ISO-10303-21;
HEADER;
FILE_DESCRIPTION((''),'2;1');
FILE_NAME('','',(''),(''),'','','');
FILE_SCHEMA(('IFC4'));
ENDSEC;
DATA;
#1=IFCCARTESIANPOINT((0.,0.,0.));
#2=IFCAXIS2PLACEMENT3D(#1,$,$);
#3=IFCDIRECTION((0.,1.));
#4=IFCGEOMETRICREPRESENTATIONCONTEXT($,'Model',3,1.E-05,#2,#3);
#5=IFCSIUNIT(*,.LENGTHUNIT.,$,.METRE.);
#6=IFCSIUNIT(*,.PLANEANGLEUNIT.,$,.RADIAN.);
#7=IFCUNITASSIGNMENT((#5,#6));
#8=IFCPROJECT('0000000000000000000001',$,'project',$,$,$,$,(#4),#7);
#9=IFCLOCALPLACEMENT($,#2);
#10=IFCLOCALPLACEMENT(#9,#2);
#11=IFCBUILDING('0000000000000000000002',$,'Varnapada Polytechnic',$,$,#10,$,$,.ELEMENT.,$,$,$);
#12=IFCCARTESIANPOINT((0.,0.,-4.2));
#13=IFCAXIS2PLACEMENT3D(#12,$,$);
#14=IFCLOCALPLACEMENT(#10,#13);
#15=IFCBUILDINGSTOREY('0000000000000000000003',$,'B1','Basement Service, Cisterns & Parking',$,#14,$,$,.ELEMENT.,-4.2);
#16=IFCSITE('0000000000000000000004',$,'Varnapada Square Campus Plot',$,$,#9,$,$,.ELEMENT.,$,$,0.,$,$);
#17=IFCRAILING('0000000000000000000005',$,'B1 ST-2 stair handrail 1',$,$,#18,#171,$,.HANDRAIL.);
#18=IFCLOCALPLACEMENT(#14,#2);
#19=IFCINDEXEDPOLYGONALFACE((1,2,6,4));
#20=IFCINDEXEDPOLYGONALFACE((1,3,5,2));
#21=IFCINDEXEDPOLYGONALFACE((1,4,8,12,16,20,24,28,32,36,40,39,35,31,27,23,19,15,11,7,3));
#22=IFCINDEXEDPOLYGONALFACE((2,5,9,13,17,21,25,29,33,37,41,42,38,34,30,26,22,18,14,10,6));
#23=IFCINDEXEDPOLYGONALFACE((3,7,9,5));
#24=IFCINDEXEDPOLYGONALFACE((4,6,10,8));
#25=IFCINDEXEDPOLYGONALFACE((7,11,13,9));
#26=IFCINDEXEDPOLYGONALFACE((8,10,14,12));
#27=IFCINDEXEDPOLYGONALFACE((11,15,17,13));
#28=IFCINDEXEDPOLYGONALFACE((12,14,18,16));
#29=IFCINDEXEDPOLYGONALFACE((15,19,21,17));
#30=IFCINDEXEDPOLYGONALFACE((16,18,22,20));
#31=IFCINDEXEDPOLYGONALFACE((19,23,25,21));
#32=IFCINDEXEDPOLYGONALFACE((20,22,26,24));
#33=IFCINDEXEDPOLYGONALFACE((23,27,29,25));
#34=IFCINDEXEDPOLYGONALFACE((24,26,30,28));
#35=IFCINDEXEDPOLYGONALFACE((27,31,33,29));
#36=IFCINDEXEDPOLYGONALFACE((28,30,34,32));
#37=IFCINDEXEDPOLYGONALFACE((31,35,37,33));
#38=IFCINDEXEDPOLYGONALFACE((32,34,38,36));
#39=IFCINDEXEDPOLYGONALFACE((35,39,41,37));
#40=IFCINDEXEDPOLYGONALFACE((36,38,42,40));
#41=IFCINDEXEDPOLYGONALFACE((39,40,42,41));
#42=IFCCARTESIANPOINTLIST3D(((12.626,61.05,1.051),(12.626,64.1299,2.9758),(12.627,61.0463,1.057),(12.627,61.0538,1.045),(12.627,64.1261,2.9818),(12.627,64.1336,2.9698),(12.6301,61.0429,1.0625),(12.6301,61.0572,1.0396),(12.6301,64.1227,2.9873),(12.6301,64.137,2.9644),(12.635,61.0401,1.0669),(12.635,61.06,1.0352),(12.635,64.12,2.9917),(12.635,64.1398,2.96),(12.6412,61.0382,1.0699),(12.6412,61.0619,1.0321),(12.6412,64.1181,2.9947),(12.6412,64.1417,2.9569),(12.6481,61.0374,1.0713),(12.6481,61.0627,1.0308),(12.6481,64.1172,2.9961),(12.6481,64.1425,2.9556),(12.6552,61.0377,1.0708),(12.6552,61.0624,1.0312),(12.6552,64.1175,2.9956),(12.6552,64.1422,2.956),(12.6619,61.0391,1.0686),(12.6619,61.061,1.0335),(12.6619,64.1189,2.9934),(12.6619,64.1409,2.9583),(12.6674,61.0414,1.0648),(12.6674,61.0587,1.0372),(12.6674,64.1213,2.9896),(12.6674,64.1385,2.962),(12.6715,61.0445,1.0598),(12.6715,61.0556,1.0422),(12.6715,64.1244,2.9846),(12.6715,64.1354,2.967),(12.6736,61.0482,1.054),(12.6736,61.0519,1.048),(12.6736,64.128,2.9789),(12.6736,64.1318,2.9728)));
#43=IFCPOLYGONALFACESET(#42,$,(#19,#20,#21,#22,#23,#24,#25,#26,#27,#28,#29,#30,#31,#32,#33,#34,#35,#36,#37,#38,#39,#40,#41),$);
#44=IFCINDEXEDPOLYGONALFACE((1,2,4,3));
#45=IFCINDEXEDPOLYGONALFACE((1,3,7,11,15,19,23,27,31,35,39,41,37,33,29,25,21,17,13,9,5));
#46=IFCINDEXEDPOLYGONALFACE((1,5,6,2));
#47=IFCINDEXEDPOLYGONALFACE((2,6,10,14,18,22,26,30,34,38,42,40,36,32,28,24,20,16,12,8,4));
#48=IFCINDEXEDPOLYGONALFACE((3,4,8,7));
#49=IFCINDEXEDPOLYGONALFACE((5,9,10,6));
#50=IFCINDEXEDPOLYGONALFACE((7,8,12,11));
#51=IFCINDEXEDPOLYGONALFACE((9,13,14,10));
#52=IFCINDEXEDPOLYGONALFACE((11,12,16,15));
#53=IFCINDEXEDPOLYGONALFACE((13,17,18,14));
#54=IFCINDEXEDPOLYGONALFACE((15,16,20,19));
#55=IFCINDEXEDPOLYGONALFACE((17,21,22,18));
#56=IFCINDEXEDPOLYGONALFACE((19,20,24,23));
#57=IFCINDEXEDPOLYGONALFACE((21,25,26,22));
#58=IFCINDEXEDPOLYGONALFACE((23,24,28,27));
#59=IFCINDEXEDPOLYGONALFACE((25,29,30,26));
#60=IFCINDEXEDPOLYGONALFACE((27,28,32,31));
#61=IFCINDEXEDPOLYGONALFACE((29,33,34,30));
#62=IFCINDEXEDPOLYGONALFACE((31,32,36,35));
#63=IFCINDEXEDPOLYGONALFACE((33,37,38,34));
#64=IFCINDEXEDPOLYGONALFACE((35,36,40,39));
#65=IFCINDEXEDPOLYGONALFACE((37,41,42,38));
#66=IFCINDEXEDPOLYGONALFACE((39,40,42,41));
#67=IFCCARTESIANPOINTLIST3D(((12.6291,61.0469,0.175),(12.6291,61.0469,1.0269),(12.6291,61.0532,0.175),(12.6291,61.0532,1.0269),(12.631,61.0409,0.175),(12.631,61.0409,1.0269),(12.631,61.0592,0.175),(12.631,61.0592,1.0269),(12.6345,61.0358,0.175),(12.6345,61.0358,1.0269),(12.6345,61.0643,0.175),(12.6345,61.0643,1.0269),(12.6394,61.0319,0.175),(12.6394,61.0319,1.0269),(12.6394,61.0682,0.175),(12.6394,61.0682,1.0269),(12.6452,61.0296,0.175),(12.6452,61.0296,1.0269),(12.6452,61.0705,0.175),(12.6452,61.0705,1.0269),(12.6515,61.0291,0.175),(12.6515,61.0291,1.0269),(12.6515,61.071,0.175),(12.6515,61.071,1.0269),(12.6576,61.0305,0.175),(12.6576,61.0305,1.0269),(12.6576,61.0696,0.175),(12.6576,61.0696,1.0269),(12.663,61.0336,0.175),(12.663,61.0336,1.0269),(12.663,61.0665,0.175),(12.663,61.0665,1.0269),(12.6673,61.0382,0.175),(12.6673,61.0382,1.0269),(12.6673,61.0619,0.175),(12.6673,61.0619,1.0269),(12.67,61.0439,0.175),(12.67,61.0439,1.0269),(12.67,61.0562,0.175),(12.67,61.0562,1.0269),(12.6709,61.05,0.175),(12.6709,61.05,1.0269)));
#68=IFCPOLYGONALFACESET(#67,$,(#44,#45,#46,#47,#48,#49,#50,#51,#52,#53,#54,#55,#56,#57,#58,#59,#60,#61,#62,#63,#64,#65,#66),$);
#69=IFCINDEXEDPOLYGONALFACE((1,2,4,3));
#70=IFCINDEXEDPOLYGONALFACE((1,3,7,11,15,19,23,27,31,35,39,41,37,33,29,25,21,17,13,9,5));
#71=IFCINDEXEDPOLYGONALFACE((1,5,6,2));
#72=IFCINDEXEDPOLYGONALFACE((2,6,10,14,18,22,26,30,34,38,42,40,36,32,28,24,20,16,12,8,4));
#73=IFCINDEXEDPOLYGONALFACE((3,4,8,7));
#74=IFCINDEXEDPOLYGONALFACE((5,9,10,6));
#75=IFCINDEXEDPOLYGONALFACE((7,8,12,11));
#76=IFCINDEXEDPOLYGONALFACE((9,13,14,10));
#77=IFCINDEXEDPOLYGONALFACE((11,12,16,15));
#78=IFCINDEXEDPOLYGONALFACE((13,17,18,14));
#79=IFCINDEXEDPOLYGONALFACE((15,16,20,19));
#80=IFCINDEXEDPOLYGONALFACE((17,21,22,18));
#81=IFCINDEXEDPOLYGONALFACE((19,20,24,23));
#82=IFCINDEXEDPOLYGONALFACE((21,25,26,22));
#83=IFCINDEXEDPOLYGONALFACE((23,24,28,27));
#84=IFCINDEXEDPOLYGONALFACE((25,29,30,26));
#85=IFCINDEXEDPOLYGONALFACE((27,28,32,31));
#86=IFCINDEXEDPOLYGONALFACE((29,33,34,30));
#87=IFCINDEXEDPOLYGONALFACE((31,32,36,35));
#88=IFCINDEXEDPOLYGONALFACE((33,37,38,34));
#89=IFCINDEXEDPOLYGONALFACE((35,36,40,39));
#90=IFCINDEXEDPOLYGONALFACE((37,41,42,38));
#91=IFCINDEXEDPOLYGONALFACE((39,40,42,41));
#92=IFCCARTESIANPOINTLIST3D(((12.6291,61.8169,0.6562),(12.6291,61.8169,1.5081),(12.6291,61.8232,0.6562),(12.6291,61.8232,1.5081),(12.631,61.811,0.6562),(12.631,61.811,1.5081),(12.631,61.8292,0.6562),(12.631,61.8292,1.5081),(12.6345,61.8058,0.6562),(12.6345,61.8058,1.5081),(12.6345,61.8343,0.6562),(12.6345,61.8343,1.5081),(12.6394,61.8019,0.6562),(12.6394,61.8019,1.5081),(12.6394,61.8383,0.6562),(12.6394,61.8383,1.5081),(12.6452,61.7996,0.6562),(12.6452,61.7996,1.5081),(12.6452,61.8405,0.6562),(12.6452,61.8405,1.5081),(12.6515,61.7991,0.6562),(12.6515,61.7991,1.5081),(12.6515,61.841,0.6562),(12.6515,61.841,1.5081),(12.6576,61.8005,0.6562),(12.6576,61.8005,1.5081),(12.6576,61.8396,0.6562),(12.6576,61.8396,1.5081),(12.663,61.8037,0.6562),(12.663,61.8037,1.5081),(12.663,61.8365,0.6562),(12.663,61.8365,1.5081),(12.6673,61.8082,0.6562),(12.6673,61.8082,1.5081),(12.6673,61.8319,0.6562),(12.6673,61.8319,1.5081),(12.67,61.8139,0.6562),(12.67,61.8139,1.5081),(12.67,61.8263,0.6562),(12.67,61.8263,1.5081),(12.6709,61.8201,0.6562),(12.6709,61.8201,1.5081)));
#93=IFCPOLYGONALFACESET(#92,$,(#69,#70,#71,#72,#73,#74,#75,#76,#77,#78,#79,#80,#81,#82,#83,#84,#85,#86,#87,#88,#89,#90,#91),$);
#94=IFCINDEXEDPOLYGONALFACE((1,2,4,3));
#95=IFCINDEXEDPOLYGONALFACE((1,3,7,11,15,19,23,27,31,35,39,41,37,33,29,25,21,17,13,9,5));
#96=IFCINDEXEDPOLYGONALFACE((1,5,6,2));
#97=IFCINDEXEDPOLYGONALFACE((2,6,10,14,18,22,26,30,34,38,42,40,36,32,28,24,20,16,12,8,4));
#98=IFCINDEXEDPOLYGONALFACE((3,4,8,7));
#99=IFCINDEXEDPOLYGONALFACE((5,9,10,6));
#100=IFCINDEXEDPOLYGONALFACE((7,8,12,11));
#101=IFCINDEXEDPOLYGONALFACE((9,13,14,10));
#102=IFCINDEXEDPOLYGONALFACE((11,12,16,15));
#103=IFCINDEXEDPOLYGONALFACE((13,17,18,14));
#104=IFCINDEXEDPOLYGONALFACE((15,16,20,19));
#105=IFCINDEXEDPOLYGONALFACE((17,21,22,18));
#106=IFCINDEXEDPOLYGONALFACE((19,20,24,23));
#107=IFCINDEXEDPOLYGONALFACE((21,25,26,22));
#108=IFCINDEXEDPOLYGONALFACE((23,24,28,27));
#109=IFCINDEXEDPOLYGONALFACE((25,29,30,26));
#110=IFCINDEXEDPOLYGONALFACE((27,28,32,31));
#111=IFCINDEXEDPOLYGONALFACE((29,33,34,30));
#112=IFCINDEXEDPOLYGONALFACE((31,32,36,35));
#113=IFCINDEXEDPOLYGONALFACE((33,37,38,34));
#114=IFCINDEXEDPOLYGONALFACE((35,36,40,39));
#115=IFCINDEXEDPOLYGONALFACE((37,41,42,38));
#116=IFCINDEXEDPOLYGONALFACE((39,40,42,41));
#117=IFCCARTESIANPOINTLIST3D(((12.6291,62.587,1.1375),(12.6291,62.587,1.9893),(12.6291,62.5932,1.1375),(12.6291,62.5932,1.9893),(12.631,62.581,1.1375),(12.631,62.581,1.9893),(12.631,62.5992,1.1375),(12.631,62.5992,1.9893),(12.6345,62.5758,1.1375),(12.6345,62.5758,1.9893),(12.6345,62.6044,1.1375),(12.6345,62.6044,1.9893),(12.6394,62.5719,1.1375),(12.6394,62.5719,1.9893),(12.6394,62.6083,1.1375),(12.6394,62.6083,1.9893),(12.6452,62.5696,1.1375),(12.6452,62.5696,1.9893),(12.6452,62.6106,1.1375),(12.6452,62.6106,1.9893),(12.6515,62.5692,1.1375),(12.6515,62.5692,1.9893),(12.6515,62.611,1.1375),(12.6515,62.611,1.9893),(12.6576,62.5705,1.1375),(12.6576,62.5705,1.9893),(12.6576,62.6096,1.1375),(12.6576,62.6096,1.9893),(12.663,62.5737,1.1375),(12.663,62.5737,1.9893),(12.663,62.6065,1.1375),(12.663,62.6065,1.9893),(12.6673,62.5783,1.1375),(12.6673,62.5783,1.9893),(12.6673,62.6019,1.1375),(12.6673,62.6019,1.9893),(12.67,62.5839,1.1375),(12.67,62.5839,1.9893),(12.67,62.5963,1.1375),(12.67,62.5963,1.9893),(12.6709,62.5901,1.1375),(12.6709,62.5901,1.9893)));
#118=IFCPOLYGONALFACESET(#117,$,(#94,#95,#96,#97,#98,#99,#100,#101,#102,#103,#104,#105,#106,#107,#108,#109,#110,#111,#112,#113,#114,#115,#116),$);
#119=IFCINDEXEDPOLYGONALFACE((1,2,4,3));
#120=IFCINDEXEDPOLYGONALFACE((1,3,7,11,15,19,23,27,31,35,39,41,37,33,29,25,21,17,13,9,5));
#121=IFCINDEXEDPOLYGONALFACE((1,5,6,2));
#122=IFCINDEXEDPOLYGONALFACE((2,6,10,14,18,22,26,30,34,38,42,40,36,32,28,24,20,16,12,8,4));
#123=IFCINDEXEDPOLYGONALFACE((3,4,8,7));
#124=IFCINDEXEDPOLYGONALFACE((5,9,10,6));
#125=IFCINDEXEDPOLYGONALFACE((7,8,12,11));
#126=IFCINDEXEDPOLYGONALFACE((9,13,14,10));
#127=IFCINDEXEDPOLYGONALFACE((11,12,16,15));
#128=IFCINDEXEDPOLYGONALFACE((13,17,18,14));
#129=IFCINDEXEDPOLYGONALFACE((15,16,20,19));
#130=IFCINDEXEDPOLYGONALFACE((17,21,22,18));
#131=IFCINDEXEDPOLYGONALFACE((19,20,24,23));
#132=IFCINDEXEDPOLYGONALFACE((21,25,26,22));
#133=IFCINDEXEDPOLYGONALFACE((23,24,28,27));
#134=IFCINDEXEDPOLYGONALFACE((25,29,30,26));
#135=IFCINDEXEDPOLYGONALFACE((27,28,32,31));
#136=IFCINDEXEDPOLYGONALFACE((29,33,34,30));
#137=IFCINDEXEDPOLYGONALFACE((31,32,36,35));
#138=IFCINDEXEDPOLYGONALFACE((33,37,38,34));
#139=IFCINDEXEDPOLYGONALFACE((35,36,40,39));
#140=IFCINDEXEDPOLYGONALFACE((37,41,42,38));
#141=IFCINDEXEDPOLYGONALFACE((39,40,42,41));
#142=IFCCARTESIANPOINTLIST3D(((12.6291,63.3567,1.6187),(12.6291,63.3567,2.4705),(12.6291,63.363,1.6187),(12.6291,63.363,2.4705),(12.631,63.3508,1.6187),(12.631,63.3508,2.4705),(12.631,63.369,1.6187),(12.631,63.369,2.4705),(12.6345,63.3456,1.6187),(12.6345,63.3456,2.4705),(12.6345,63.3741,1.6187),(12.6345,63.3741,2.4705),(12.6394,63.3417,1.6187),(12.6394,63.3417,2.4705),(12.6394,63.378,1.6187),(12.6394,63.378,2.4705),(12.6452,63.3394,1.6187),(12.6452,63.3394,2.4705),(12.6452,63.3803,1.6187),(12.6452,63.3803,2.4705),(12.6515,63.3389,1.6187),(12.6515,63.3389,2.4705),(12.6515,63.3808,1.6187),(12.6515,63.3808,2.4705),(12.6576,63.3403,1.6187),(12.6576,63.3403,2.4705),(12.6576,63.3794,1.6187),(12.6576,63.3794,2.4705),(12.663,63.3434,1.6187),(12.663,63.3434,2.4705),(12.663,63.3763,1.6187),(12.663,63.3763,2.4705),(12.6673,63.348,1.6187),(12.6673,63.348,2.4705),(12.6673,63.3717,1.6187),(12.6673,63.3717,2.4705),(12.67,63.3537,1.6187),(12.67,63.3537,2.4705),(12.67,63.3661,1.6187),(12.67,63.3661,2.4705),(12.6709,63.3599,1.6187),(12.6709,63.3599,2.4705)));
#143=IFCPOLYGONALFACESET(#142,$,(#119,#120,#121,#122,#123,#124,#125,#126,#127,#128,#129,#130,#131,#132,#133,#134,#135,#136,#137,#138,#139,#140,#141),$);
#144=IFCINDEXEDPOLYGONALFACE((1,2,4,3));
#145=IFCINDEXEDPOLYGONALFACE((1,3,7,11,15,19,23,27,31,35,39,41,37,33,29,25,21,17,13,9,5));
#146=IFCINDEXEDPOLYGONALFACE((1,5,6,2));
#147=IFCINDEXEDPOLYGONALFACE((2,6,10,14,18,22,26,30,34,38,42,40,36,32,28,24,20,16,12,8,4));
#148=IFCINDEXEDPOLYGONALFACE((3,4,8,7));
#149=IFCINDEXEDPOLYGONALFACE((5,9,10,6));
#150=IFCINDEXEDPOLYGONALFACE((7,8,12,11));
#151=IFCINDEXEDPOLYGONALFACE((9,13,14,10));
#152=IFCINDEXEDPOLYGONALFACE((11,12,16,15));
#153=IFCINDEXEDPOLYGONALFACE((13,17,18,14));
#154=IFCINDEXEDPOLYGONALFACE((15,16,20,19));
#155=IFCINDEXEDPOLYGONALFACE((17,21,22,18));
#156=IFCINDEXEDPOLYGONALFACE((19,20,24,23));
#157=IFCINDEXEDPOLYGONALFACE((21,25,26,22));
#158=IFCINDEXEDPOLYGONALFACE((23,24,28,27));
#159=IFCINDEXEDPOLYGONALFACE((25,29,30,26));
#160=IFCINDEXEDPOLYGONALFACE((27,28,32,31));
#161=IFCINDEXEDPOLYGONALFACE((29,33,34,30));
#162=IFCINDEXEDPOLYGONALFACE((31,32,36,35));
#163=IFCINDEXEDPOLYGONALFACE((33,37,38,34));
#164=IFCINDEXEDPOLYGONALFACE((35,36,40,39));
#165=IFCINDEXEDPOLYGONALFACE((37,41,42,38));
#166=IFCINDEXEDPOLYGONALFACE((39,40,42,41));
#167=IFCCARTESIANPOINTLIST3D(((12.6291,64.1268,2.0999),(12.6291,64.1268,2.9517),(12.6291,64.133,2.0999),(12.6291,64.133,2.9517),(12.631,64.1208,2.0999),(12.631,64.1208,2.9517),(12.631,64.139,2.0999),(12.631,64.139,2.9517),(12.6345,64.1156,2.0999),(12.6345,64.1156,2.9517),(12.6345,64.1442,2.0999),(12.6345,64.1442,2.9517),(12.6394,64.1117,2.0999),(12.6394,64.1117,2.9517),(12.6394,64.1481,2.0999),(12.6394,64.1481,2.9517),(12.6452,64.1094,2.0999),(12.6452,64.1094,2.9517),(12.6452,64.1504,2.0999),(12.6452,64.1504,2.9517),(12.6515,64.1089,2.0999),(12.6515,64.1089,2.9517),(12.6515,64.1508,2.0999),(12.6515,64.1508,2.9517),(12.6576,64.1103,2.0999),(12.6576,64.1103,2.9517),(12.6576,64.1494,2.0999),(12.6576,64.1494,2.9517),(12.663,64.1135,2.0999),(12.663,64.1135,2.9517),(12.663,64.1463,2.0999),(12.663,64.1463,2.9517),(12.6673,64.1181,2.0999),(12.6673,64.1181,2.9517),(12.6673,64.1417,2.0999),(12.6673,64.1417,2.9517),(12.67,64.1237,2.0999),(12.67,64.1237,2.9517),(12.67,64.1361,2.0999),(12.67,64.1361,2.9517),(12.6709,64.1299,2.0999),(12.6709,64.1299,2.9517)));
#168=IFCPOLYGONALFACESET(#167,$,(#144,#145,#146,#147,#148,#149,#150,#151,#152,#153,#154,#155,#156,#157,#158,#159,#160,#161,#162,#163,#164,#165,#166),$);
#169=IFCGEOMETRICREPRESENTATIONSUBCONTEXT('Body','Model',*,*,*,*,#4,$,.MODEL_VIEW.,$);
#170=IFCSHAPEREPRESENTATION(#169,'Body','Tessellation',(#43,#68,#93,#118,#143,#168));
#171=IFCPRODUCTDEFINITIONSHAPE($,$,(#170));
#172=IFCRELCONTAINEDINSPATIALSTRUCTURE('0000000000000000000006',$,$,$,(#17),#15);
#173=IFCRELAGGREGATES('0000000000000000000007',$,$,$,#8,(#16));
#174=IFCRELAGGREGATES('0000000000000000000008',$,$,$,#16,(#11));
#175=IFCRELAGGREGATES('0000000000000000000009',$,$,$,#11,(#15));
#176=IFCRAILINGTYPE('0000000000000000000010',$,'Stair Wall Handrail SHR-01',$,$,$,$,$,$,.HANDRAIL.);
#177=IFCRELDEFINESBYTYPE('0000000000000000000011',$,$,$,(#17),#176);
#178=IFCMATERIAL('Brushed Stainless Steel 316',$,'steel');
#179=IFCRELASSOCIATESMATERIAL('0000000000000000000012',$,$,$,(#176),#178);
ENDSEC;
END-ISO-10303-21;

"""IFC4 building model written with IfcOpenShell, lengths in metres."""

from ifc_helpers import new_model, si_unit, direction, frame, origin, origin_2d, place, context, subcontext, project, spatial, circle, extrude, material, type_object, element, save


model = new_model("IFC4")

# Units and contexts
model_context = context("Model", 3, precision=1e-05, world=origin(), true_north=direction((0.0, 1.0)))
body_context = subcontext(model_context, "Body", "Model", "MODEL_VIEW")
ifc_project = project(units=[si_unit("LENGTHUNIT", "METRE"), si_unit("PLANEANGLEUNIT", "RADIAN")], contexts=[model_context])

# Site, building, storey
site_placement = place(None, origin())
site = spatial("IfcSite", under=ifc_project, at=site_placement, Name="Varnapada Square Campus Plot", CompositionType="ELEMENT", RefElevation=0.0)
building_placement = place(site_placement, origin())
building = spatial("IfcBuilding", under=site, at=building_placement, Name="Varnapada Polytechnic", CompositionType="ELEMENT")
storey_placement = place(building_placement, frame((0.0, 0.0, -4.2)))
storey = spatial("IfcBuildingStorey", under=building, at=storey_placement, Name="B1", Description="Basement Service, Cisterns & Parking", CompositionType="ELEMENT", Elevation=-4.2)

# Shared definitions
ifc_material_1 = material(Name="Brushed Stainless Steel 316", Category="steel")

# Railing
railing_type_1 = type_object("IfcRailingType", Name="Stair Wall Handrail SHR-01", PredefinedType="HANDRAIL", material=ifc_material_1)
railing_1_placement = place(storey_placement, frame((12.6499, 61.05, 0.175)))
element("IfcRailing", 1, at=railing_1_placement, inside=storey, type_object=railing_type_1, Name="B1 ST-2 stair handrail 1", PredefinedType="HANDRAIL", context=body_context, shape_type="SweptSolid", body=[
    extrude(circle(Radius=0.0239, at=origin_2d()), frame((0.0, 0.0, 0.876), z_axis=(0.0, 0.84801, 0.529981), x_axis=(-1.0, 0.0, 0.0)), (0.0, 0.0, 1.0), 3.6318),
    extrude(circle(Radius=0.021, at=origin_2d()), origin(), (0.0, 0.0, 1.0), 0.8518),
    extrude(circle(Radius=0.021, at=origin_2d()), frame((0.0, 0.77, 0.4812)), (0.0, 0.0, 1.0), 0.8518),
    extrude(circle(Radius=0.021, at=origin_2d()), frame((0.0, 1.54, 0.9624)), (0.0, 0.0, 1.0), 0.8518),
    extrude(circle(Radius=0.021, at=origin_2d()), frame((0.0, 2.3098, 1.4436)), (0.0, 0.0, 1.0), 0.8518),
    extrude(circle(Radius=0.021, at=origin_2d()), frame((0.0, 3.0798, 1.9248)), (0.0, 0.0, 1.0), 0.8518),
])

save(model, "model.ifc")
